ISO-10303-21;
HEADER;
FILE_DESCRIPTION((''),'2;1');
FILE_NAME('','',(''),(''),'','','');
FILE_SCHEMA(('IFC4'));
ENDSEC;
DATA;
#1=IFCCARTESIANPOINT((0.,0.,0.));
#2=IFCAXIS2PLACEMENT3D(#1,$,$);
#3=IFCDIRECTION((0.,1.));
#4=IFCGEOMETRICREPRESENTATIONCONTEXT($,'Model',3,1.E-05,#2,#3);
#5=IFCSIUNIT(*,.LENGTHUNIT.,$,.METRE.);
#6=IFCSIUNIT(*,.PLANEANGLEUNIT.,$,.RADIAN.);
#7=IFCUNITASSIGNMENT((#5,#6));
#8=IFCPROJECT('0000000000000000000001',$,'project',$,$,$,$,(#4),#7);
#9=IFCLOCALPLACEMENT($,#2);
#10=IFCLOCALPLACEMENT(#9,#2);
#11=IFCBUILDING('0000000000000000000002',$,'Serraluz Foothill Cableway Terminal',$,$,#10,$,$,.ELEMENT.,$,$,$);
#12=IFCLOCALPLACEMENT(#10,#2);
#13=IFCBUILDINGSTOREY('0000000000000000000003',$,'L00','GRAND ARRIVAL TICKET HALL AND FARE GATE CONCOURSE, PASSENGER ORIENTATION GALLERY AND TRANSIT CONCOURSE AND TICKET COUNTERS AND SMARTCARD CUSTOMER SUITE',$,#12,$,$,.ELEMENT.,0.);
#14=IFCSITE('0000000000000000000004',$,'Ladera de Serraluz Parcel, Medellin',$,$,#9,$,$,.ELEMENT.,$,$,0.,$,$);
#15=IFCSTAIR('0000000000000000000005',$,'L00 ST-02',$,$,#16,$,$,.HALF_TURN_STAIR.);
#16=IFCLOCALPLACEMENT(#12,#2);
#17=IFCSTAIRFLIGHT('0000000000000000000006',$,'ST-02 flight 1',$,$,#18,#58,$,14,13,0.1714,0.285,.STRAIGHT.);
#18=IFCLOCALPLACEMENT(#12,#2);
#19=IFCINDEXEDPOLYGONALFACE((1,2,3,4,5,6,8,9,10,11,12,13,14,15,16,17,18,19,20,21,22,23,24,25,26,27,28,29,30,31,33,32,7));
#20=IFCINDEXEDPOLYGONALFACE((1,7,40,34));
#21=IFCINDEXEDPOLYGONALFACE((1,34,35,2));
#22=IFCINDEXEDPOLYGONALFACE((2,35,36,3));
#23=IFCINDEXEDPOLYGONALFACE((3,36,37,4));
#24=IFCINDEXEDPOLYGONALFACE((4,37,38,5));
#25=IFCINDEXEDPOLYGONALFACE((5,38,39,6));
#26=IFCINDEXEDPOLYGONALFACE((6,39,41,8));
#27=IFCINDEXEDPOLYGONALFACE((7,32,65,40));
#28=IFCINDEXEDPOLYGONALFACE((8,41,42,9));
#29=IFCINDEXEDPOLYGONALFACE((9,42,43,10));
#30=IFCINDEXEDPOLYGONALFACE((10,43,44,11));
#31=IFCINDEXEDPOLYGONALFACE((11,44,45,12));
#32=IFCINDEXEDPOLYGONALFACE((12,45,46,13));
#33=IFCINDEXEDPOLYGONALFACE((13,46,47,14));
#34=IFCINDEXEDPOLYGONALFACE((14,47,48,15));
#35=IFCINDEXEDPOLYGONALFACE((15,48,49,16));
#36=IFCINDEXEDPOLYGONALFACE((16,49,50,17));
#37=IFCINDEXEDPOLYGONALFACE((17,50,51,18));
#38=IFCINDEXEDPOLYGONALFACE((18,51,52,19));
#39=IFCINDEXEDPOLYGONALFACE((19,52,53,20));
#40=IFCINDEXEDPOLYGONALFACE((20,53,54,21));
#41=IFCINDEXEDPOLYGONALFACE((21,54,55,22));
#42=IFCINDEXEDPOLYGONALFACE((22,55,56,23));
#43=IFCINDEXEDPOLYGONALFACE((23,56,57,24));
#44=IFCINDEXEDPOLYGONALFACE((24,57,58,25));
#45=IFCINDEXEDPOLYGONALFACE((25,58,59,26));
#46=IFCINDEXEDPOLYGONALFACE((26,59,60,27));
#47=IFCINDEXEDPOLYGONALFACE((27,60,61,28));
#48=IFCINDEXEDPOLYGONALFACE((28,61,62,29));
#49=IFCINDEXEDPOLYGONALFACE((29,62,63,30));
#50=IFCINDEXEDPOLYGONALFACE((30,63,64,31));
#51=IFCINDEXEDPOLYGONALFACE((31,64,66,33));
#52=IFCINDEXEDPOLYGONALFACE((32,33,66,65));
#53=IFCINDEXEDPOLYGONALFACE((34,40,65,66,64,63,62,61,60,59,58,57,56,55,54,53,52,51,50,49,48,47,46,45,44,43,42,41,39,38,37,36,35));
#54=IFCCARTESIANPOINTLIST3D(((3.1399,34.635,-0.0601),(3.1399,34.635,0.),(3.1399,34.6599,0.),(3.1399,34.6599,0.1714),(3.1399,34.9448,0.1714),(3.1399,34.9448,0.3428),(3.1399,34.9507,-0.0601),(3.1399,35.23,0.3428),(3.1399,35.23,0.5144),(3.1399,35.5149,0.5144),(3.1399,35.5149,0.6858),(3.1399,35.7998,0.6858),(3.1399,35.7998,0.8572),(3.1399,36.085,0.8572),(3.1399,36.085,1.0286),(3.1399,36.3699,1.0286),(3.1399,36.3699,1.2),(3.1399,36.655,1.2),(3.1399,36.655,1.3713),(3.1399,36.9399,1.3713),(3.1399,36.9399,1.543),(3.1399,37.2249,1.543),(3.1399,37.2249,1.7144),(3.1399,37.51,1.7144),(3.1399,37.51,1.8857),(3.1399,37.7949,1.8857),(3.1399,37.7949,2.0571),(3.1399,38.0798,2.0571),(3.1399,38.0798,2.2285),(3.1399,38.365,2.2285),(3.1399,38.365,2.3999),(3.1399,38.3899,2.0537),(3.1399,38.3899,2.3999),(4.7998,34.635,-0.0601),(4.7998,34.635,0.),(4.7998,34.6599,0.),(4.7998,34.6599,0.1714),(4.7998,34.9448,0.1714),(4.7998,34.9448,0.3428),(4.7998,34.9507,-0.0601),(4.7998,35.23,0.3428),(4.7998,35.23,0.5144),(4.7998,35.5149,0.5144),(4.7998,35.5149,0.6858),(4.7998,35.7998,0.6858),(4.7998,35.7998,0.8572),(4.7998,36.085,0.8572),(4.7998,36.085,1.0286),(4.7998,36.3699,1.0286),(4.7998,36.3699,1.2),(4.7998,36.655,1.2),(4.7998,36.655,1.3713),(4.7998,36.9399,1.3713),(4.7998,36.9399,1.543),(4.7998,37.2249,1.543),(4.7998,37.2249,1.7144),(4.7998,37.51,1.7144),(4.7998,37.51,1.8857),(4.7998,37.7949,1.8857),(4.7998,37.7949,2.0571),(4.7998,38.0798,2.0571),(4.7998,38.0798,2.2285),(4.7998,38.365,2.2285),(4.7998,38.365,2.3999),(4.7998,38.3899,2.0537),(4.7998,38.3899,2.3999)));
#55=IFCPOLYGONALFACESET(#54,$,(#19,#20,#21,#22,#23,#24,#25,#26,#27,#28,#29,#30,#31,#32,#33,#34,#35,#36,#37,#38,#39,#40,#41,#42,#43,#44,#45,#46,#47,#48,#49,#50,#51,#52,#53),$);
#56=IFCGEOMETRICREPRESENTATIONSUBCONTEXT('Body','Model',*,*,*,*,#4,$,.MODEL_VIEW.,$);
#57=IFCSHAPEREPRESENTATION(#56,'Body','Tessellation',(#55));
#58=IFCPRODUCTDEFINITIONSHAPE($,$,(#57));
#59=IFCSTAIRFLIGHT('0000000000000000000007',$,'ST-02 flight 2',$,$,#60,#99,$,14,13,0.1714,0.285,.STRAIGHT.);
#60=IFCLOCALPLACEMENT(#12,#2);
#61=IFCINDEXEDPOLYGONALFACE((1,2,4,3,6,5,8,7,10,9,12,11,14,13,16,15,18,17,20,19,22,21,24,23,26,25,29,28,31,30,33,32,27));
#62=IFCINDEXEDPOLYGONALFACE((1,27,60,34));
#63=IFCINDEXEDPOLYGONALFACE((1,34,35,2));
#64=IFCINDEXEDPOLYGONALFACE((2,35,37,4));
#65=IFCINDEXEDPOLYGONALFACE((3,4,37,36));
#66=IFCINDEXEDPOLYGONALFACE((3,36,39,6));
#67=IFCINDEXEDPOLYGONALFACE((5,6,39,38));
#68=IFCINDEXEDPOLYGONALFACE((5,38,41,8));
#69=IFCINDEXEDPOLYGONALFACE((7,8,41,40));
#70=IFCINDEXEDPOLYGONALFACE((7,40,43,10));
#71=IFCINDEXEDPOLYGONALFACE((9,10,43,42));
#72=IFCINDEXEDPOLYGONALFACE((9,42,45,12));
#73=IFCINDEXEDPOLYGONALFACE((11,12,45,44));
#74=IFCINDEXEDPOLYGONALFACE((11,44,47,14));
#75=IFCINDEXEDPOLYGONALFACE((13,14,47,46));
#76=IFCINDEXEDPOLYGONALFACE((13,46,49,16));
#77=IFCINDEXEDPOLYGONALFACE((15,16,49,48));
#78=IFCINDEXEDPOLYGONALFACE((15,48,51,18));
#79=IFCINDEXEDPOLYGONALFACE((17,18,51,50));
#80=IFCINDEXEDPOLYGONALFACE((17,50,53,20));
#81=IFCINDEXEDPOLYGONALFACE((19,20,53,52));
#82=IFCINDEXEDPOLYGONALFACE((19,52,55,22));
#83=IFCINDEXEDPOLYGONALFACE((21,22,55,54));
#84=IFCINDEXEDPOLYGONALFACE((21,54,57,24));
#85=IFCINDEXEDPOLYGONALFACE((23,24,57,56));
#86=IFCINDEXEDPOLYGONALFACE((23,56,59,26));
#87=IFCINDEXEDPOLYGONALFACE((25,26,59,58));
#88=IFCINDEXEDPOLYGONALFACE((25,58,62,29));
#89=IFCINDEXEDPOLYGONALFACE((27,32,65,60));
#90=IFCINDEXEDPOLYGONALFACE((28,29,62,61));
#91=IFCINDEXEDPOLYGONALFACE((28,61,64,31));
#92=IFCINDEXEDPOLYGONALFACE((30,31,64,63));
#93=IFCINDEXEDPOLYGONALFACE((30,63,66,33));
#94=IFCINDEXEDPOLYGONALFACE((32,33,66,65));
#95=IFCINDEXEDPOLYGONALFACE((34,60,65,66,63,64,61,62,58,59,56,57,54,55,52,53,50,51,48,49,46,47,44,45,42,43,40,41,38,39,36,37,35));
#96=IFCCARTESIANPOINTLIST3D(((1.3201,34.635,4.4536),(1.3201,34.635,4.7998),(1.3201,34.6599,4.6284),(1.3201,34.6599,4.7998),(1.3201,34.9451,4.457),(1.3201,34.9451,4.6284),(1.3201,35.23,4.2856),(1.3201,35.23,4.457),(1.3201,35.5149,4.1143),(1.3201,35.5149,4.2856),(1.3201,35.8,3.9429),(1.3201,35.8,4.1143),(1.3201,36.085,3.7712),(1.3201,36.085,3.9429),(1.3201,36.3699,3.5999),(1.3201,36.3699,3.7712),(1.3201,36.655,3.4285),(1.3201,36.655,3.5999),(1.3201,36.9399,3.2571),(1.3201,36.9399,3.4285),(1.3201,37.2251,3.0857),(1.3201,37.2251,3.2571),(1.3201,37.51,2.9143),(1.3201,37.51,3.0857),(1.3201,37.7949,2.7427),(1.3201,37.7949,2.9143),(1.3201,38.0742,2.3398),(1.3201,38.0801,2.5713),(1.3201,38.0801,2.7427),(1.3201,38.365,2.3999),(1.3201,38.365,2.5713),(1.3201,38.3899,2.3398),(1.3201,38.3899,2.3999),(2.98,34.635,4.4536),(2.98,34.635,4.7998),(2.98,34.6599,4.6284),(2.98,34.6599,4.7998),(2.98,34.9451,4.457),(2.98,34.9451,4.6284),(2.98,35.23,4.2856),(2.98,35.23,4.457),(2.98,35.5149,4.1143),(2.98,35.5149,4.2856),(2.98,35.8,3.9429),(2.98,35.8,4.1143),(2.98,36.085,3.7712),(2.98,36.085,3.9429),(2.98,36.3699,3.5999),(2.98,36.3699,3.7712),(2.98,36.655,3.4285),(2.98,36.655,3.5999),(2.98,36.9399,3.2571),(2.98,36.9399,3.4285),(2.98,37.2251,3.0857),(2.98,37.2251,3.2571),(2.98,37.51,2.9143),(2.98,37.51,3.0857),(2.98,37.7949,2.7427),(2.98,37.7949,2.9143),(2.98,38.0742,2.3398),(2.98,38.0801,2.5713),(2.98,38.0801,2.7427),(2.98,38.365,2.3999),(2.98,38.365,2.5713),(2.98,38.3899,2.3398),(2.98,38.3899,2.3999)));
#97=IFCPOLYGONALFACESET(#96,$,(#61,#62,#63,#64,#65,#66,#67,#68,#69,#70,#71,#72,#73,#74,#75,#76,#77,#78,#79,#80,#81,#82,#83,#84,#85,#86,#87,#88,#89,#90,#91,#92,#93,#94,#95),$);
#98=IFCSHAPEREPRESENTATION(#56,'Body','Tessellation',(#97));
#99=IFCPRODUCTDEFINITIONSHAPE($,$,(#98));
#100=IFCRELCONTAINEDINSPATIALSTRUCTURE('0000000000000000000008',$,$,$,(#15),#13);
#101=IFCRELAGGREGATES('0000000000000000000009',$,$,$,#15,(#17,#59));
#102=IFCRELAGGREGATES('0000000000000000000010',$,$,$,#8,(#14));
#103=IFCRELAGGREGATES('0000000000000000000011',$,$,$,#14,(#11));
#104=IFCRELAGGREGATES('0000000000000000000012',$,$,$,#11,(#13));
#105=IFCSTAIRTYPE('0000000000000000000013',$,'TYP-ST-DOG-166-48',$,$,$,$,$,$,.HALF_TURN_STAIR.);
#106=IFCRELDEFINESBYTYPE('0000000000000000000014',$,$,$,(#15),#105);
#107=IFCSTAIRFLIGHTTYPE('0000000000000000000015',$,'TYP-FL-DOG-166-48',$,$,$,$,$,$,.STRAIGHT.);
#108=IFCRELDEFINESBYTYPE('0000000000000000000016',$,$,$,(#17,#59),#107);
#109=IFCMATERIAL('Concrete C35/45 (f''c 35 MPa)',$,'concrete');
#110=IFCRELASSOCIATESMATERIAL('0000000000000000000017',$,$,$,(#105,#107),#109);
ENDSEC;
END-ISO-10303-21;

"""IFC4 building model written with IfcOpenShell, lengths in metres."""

from ifc_helpers import new_model, si_unit, direction, frame, origin, place, context, subcontext, project, spatial, polyline, outline, extrude, material, type_object, element, aggregate, save


model = new_model("IFC4")

# Units and contexts
model_context = context("Model", 3, precision=1e-05, world=origin(), true_north=direction((0.0, 1.0)))
body_context = subcontext(model_context, "Body", "Model", "MODEL_VIEW")
ifc_project = project(units=[si_unit("LENGTHUNIT", "METRE"), si_unit("PLANEANGLEUNIT", "RADIAN")], contexts=[model_context])

# Site, building, storey
site_placement = place(None, origin())
site = spatial("IfcSite", under=ifc_project, at=site_placement, Name="Ladera de Serraluz Parcel, Medellin", CompositionType="ELEMENT", RefElevation=0.0)
building_placement = place(site_placement, origin())
building = spatial("IfcBuilding", under=site, at=building_placement, Name="Serraluz Foothill Cableway Terminal", CompositionType="ELEMENT")
storey_placement = place(building_placement, origin())
storey = spatial("IfcBuildingStorey", under=building, at=storey_placement, Name="L00", Description="GRAND ARRIVAL TICKET HALL AND FARE GATE CONCOURSE, PASSENGER ORIENTATION GALLERY AND TRANSIT CONCOURSE AND TICKET COUNTERS AND SMARTCARD CUSTOMER SUITE", CompositionType="ELEMENT", Elevation=0.0)

# Shared definitions
ifc_material_1 = material(Name="Concrete C35/45 (f'c 35 MPa)", Category="concrete")

# Stair, stair flights
stair_type = type_object("IfcStairType", Name="TYP-ST-DOG-166-48", PredefinedType="HALF_TURN_STAIR", material=ifc_material_1)
stair_placement = place(storey_placement, origin())
stair = element("IfcStair", 1, at=stair_placement, inside=storey, type_object=stair_type, Name="L00 ST-02", PredefinedType="HALF_TURN_STAIR")
stair_flight_type = type_object("IfcStairFlightType", Name="TYP-FL-DOG-166-48", PredefinedType="STRAIGHT", material=ifc_material_1)
stair_flight_1_placement = place(storey_placement, frame((3.97, 34.6599, 0.0), z_axis=(0.0, 0.0, 1.0), x_axis=(0.0, 1.0, 0.0)))
stair_flight_1 = element("IfcStairFlight", 2, at=stair_flight_1_placement, type_object=stair_flight_type, Name="ST-02 flight 1", NumberOfRisers=14, NumberOfTreads=13, PredefinedType="STRAIGHT", RiserHeight=0.1714, TreadLength=0.285, context=body_context, shape_type="SweptSolid", body=[
    extrude(outline(polyline([(-0.0249, -0.0601), (-0.0249, 0.0), (0.0, 0.0), (0.0, 0.1714), (0.2849, 0.1714), (0.2849, 0.3428), (0.5701, 0.3428), (0.5701, 0.5144), (0.855, 0.5144), (0.855, 0.6858), (1.1399, 0.6858), (1.1399, 0.8572), (1.425, 0.8572), (1.425, 1.0286), (1.71, 1.0286), (1.71, 1.2), (1.9951, 1.2), (1.9951, 1.3713), (2.28, 1.3713), (2.28, 1.543), (2.5649, 1.543), (2.5649, 1.7144), (2.8501, 1.7144), (2.8501, 1.8857), (3.135, 1.8857), (3.135, 2.0571), (3.4199, 2.0571), (3.4199, 2.2285), (3.7051, 2.2285), (3.7051, 2.3999), (3.73, 2.3999), (3.73, 2.0537), (0.2908, -0.0601), (-0.0249, -0.0601)])), frame((0.0, 0.8301, 0.0), z_axis=(0.0, -1.0, 0.0), x_axis=(1.0, 0.0, 0.0)), (0.0, 0.0, 1.0), 1.6599),
])
stair_flight_2_placement = place(storey_placement, frame((2.1499, 38.365, 2.3999), z_axis=(0.0, 0.0, 1.0), x_axis=(0.0, -1.0, 0.0)))
stair_flight_2 = element("IfcStairFlight", 3, at=stair_flight_2_placement, type_object=stair_flight_type, Name="ST-02 flight 2", NumberOfRisers=14, NumberOfTreads=13, PredefinedType="STRAIGHT", RiserHeight=0.1714, TreadLength=0.285, context=body_context, shape_type="SweptSolid", body=[
    extrude(outline(polyline([(-0.0249, -0.0601), (-0.0249, 0.0), (0.0, 0.0), (0.0, 0.1714), (0.2849, 0.1714), (0.2849, 0.3428), (0.5701, 0.3428), (0.5701, 0.5144), (0.855, 0.5144), (0.855, 0.6858), (1.1399, 0.6858), (1.1399, 0.8572), (1.425, 0.8572), (1.425, 1.0286), (1.71, 1.0286), (1.71, 1.2), (1.9951, 1.2), (1.9951, 1.3713), (2.28, 1.3713), (2.28, 1.543), (2.5649, 1.543), (2.5649, 1.7144), (2.8501, 1.7144), (2.8501, 1.8857), (3.135, 1.8857), (3.135, 2.0571), (3.4199, 2.0571), (3.4199, 2.2285), (3.7051, 2.2285), (3.7051, 2.3999), (3.73, 2.3999), (3.73, 2.0537), (0.2908, -0.0601), (-0.0249, -0.0601)])), frame((0.0, 0.8301, 0.0), z_axis=(0.0, -1.0, 0.0), x_axis=(1.0, 0.0, 0.0)), (0.0, 0.0, 1.0), 1.6599),
])
aggregate(stair, [stair_flight_1, stair_flight_2])

save(model, "model.ifc")
